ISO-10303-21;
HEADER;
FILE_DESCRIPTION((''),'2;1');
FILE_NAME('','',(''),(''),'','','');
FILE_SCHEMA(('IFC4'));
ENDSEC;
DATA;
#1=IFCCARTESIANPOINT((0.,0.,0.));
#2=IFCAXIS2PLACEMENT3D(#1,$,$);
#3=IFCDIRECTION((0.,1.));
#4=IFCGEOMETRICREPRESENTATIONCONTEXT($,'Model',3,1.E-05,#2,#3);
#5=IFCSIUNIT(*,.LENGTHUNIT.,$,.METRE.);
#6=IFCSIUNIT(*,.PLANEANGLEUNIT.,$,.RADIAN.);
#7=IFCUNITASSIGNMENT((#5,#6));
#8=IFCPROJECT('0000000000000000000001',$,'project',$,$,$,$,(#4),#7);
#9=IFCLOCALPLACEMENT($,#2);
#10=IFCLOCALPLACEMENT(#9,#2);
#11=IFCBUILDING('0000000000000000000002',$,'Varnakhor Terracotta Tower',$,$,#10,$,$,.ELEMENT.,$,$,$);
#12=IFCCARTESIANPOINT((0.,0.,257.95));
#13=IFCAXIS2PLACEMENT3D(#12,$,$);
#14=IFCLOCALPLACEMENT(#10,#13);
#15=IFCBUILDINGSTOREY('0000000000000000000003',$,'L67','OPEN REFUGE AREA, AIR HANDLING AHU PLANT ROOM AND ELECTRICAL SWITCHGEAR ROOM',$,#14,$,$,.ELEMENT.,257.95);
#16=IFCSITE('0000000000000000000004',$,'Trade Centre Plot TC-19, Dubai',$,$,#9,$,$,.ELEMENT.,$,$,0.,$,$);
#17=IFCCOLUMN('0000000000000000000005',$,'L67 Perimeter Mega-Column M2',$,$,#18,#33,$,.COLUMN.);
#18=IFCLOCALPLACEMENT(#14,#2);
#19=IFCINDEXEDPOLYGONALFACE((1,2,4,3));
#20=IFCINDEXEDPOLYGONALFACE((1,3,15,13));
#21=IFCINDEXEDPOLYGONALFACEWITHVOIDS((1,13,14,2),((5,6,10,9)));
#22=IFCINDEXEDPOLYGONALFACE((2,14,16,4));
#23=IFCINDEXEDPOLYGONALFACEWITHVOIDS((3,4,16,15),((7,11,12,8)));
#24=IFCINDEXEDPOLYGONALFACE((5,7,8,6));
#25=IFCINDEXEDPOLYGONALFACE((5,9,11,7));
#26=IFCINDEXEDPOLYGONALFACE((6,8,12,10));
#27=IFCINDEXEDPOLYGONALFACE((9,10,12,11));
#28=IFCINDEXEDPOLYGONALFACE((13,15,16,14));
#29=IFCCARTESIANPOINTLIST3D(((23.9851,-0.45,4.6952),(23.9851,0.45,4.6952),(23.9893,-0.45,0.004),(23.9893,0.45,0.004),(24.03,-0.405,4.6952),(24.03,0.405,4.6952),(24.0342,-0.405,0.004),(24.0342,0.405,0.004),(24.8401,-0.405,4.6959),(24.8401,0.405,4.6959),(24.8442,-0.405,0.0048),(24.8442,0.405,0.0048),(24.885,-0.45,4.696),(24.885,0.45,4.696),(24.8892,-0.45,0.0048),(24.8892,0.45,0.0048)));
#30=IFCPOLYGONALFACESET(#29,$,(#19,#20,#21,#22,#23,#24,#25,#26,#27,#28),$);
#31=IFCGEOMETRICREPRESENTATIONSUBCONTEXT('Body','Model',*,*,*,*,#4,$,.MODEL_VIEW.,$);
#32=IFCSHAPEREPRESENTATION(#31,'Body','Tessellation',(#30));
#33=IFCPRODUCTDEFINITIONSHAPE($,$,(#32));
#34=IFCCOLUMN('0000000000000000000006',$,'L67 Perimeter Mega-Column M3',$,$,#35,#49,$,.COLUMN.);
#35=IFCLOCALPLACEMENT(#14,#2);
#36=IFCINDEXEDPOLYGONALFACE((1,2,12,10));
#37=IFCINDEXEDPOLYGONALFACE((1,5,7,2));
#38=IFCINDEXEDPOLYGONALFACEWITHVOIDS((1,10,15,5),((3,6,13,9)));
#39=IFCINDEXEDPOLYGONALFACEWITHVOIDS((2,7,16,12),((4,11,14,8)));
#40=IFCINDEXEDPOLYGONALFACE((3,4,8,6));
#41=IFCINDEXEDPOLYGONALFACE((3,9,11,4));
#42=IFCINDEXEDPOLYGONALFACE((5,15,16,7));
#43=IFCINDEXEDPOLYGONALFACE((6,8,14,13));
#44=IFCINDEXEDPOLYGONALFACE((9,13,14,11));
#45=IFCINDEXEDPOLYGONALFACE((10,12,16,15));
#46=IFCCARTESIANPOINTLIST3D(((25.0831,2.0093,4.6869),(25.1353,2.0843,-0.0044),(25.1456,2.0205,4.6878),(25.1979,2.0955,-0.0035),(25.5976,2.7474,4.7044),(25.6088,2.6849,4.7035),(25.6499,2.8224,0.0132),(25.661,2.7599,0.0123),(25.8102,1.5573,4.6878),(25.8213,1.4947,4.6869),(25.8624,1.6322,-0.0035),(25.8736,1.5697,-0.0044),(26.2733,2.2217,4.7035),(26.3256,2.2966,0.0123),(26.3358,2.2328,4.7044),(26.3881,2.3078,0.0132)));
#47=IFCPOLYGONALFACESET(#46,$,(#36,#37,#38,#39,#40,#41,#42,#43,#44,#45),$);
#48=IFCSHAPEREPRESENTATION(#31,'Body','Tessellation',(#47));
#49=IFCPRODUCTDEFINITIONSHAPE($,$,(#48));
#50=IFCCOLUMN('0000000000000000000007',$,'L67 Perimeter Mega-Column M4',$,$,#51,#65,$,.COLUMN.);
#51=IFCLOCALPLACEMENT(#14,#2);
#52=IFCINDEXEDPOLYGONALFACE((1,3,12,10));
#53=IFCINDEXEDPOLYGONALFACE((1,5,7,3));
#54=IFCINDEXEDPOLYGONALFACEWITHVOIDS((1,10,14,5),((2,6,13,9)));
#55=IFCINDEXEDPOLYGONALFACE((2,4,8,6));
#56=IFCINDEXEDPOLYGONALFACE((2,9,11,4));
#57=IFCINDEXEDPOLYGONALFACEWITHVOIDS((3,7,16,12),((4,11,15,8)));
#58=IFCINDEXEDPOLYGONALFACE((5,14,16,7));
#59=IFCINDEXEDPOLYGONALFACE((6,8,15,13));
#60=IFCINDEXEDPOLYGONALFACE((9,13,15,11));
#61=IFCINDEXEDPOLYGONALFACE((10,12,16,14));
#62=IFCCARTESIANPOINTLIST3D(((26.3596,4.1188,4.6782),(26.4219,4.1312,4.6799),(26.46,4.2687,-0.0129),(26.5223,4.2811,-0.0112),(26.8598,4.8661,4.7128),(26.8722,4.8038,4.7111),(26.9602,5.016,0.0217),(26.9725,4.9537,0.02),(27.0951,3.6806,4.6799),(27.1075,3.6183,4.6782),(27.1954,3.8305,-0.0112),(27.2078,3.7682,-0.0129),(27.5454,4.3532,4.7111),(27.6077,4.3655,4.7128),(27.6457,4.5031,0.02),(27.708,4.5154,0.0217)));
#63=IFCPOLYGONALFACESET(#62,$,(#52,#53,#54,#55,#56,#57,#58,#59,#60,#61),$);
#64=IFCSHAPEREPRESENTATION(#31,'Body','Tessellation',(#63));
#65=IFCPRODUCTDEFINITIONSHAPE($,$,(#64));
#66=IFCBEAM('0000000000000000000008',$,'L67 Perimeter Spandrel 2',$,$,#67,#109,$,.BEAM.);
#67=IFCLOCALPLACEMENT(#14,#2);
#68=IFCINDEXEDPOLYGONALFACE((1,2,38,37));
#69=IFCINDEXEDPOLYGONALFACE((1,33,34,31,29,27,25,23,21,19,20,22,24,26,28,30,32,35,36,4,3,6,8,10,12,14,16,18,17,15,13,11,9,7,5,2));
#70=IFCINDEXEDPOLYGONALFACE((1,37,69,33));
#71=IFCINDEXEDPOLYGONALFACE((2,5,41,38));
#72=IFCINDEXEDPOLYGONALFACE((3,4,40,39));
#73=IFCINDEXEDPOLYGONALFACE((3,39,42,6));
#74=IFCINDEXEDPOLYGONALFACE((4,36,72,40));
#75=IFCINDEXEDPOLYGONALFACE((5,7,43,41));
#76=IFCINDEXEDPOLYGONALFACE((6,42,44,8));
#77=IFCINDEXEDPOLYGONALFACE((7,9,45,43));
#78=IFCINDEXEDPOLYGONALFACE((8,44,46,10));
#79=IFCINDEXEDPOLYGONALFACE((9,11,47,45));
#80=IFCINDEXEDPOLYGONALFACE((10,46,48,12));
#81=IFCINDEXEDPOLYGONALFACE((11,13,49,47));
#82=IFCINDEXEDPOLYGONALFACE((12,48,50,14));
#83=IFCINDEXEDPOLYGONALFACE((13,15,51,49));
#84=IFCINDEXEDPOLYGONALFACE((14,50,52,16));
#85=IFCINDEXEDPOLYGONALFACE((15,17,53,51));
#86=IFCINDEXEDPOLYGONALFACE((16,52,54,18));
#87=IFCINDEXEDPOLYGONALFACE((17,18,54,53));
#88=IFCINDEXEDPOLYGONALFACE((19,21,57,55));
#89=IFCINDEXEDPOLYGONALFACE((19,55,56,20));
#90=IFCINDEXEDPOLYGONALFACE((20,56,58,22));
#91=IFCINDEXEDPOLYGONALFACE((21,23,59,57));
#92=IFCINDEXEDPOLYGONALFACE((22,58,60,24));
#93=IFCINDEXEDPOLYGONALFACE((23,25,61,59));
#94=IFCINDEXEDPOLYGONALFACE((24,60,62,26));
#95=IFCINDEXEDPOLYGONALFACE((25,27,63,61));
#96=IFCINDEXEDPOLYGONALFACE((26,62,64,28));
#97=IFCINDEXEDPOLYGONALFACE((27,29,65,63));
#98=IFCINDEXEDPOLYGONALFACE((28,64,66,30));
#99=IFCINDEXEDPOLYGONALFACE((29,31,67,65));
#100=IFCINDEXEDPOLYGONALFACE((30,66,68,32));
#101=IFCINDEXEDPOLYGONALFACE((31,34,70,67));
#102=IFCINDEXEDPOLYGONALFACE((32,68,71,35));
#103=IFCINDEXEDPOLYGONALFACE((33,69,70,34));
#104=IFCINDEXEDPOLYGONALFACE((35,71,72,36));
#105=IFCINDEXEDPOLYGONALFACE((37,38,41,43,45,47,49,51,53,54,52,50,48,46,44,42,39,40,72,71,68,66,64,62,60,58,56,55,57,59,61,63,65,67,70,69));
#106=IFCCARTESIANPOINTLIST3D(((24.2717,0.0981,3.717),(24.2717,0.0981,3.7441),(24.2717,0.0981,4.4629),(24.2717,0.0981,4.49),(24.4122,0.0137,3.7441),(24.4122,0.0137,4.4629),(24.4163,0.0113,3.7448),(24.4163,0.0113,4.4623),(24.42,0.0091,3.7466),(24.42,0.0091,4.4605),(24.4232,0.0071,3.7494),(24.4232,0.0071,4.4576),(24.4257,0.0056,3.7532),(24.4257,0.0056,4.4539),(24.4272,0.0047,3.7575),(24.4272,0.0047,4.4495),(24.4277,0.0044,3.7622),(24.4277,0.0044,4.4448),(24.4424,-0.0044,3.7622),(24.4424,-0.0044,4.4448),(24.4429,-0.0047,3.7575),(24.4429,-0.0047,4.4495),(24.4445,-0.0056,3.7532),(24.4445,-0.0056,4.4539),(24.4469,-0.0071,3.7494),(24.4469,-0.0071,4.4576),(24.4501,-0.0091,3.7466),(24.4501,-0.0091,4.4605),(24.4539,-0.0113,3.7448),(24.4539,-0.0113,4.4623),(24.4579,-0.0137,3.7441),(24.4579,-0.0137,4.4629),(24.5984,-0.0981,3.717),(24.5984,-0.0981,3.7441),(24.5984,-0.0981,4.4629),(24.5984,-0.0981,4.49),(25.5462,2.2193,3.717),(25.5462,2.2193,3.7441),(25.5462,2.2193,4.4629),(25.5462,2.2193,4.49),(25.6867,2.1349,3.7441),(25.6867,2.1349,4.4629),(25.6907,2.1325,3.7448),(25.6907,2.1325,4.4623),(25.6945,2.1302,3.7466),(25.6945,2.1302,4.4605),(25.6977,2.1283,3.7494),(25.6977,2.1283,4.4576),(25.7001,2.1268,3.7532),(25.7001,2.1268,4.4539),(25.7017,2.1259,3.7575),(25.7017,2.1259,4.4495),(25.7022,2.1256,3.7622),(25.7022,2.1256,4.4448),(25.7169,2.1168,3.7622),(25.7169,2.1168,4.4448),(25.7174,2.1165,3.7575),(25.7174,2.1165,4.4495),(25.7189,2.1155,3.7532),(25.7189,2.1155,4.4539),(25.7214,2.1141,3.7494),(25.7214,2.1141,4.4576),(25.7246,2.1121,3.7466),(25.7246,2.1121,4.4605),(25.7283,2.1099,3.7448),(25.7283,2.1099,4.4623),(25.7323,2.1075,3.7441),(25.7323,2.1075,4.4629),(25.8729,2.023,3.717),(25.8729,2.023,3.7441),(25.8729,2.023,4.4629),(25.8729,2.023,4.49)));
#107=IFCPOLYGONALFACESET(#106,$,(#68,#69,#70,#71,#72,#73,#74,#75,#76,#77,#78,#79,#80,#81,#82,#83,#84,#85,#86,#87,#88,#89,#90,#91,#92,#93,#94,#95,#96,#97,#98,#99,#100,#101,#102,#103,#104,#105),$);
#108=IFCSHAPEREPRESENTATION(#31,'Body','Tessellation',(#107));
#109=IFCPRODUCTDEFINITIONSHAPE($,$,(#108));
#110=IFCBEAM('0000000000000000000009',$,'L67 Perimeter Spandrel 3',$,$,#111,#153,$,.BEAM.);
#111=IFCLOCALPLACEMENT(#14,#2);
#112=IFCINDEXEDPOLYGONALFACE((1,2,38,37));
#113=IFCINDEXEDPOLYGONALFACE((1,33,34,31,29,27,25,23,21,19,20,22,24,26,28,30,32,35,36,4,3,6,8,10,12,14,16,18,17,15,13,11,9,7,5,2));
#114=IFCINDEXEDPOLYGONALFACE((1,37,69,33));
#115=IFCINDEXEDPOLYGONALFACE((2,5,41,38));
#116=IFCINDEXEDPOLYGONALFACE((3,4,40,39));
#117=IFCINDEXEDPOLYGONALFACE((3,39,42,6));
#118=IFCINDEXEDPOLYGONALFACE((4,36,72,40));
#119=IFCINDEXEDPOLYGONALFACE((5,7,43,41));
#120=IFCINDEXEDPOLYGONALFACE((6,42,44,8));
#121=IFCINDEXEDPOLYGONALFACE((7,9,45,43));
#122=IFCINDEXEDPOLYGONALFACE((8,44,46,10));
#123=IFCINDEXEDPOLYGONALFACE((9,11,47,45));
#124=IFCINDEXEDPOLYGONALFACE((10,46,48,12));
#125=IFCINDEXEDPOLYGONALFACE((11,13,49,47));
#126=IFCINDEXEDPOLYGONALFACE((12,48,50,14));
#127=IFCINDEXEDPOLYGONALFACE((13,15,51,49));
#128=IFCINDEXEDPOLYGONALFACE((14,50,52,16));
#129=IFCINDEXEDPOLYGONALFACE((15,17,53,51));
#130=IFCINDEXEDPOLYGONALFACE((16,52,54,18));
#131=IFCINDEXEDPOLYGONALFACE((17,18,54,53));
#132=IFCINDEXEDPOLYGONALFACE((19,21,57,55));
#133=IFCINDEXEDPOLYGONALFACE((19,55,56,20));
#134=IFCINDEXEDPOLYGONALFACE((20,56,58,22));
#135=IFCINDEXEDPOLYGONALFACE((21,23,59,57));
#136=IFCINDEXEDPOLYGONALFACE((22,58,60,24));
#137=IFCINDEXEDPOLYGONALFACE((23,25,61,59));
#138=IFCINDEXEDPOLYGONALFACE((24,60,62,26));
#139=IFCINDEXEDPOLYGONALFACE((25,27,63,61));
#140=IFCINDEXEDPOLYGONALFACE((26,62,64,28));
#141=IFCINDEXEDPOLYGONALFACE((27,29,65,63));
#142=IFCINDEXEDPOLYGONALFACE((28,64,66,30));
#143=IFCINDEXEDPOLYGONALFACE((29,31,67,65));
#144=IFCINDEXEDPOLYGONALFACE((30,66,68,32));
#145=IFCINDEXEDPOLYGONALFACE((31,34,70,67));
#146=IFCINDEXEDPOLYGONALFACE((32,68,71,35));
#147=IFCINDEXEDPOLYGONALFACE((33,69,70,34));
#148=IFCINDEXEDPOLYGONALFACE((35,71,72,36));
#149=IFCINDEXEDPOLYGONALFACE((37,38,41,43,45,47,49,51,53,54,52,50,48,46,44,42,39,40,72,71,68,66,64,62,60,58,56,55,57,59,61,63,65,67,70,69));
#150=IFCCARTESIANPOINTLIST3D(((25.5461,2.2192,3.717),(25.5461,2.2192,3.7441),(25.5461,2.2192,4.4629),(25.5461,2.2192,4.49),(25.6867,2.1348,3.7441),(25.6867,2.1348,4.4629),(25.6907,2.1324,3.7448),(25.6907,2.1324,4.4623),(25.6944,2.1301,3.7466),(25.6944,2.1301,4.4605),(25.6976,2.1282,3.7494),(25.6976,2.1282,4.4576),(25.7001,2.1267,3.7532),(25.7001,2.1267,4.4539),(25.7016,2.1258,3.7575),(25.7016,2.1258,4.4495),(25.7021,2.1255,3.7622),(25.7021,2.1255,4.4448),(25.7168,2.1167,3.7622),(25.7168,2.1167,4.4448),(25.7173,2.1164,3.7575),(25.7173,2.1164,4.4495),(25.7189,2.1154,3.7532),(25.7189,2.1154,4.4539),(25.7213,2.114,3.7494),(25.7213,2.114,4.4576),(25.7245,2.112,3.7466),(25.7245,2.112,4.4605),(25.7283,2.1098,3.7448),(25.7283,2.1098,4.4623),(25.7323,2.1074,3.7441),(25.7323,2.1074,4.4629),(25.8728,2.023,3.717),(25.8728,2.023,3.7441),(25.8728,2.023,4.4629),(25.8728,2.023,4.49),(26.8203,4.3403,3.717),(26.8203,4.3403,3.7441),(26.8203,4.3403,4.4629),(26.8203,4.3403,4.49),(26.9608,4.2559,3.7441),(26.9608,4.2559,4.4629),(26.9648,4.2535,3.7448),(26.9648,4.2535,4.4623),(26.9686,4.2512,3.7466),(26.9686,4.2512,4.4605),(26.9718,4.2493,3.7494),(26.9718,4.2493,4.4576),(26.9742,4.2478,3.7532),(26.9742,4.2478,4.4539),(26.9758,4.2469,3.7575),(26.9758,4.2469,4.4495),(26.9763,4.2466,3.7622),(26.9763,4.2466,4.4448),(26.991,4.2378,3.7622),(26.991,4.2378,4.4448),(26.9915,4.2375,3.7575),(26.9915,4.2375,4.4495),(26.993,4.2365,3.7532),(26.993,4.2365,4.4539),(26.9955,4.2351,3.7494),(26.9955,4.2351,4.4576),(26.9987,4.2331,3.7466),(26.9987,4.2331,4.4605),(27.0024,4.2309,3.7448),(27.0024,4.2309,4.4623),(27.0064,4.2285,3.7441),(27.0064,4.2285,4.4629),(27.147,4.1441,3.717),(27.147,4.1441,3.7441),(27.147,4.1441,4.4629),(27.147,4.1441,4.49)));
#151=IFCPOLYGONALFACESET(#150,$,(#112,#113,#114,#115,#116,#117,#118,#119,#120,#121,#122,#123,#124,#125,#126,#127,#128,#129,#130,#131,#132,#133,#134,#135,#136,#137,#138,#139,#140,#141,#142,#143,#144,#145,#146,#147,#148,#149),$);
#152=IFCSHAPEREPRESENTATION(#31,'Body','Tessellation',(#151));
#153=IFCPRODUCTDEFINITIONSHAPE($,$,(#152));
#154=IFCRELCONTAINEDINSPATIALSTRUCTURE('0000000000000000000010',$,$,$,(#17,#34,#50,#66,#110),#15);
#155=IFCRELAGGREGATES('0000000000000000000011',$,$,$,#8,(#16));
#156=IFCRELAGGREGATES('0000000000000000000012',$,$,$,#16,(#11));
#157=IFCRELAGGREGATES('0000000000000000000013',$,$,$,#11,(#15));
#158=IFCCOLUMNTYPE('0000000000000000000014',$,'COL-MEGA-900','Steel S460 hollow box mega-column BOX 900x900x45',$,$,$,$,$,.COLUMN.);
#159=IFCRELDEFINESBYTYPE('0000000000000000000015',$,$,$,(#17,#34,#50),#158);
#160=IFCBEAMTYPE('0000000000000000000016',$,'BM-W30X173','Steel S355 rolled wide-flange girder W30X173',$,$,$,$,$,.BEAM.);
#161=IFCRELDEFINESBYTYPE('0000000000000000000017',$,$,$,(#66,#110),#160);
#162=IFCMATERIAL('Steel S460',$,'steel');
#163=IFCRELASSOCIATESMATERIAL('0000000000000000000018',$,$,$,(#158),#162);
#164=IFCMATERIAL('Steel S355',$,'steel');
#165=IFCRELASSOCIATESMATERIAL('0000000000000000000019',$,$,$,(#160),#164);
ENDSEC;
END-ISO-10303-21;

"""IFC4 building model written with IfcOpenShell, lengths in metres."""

from ifc_helpers import new_model, si_unit, direction, frame, origin, origin_2d, place, context, subcontext, project, spatial, hollow_rectangle, i_section, extrude, source, transform, mapped, material, material_profile, profile_set, type_object, element, save


model = new_model("IFC4")

# Units and contexts
model_context = context("Model", 3, precision=1e-05, world=origin(), true_north=direction((0.0, 1.0)))
body_context = subcontext(model_context, "Body", "Model", "MODEL_VIEW")
ifc_project = project(units=[si_unit("LENGTHUNIT", "METRE"), si_unit("PLANEANGLEUNIT", "RADIAN")], contexts=[model_context])

# Site, building, storey
site_placement = place(None, origin())
site = spatial("IfcSite", under=ifc_project, at=site_placement, Name="Trade Centre Plot TC-19, Dubai", CompositionType="ELEMENT", RefElevation=0.0)
building_placement = place(site_placement, origin())
building = spatial("IfcBuilding", under=site, at=building_placement, Name="Varnakhor Terracotta Tower", CompositionType="ELEMENT")
storey_placement = place(building_placement, frame((0.0, 0.0, 257.95)))
storey = spatial("IfcBuildingStorey", under=building, at=storey_placement, Name="L67", Description="OPEN REFUGE AREA, AIR HANDLING AHU PLANT ROOM AND ELECTRICAL SWITCHGEAR ROOM", CompositionType="ELEMENT", Elevation=257.95)

# Columns
ifc_material_1 = material(Name="Steel S460", Category="steel")
ifc_material_profile_1 = material_profile(ifc_material_1, hollow_rectangle(XDim=0.8999, YDim=0.8999, WallThickness=0.0449, at=origin_2d()), Name="BOX 900x900x45")
ifc_profile_set_1 = profile_set([ifc_material_profile_1], Name="Steel S460")
column_type = type_object("IfcColumnType", Name="COL-MEGA-900", Description="Steel S460 hollow box mega-column BOX 900x900x45", PredefinedType="COLUMN", material=ifc_profile_set_1)
shared_shape_1 = source(origin(), body_context, "Body", "SweptSolid", [
    extrude(hollow_rectangle(XDim=0.8999, YDim=0.8999, WallThickness=0.0449, at=origin_2d()), origin(), (0.0, 0.0, 1.0), 4.6912),
])
column_1_placement = place(storey_placement, frame((24.4392, 0.0, 0.0044), z_axis=(-0.000885, 0.0, 1.0), x_axis=(1.0, 0.0, 0.0)))
element("IfcColumn", 1, at=column_1_placement, inside=storey, type_object=column_type, Name="L67 Perimeter Mega-Column M2", PredefinedType="COLUMN", context=body_context, shape_type="MappedRepresentation", body=[
    mapped(shared_shape_1, transform((0.0, 0.0, 0.0), scale=1.0)),
])
shared_shape_2 = source(origin(), body_context, "Body", "SweptSolid", [
    extrude(hollow_rectangle(XDim=0.8999, YDim=0.8999, WallThickness=0.0449, at=origin_2d()), origin(), (0.0, 0.0, 1.0), 4.6921),
])
column_2_placement = place(storey_placement, frame((25.7617, 2.196, 0.0044), z_axis=(-0.011135, -0.015974, 0.99981), x_axis=(0.82036, -0.571847, 0.0)))
element("IfcColumn", 2, at=column_2_placement, inside=storey, type_object=column_type, Name="L67 Perimeter Mega-Column M3", PredefinedType="COLUMN", context=body_context, shape_type="MappedRepresentation", body=[
    mapped(shared_shape_2, transform((0.0, 0.0, 0.0), scale=1.0)),
])
shared_shape_3 = source(origin(), body_context, "Body", "SweptSolid", [
    extrude(hollow_rectangle(XDim=0.8999, YDim=0.8999, WallThickness=0.0449, at=origin_2d()), origin(), (0.0, 0.0, 1.0), 4.6946),
])
column_3_placement = place(storey_placement, frame((27.084, 4.3921, 0.0044), z_axis=(-0.021374, -0.031931, 0.999262), x_axis=(0.831008, -0.556261, 0.0)))
element("IfcColumn", 3, at=column_3_placement, inside=storey, type_object=column_type, Name="L67 Perimeter Mega-Column M4", PredefinedType="COLUMN", context=body_context, shape_type="MappedRepresentation", body=[
    mapped(shared_shape_3, transform((0.0, 0.0, 0.0), scale=1.0)),
])

# Beams
ifc_material_2 = material(Name="Steel S355", Category="steel")
ifc_material_profile_2 = material_profile(ifc_material_2, i_section(OverallWidth=0.3811, OverallDepth=0.7729, WebThickness=0.0171, FlangeThickness=0.0271, FilletRadius=0.0181, at=origin_2d()), Name="W30X173")
ifc_profile_set_2 = profile_set([ifc_material_profile_2], Name="Steel S355")
beam_type = type_object("IfcBeamType", Name="BM-W30X173", Description="Steel S355 rolled wide-flange girder W30X173", PredefinedType="BEAM", material=ifc_profile_set_2)
shared_shape_4 = source(origin(), body_context, "Body", "SweptSolid", [
    extrude(i_section(OverallWidth=0.3811, OverallDepth=0.7729, WebThickness=0.0171, FlangeThickness=0.0271, FilletRadius=0.0181, at=origin_2d()), origin(), (0.0, 0.0, 1.0), 2.4746),
])
beam_1_placement = place(storey_placement, frame((24.4351, 0.0, 4.1035), z_axis=(0.515018, 0.857179, 0.0), x_axis=(-0.857179, 0.515018, 0.0)))
element("IfcBeam", 4, at=beam_1_placement, inside=storey, type_object=beam_type, Name="L67 Perimeter Spandrel 2", PredefinedType="BEAM", context=body_context, shape_type="MappedRepresentation", body=[
    mapped(shared_shape_4, transform((0.0, 0.0, 0.0), scale=1.0)),
])
shared_shape_5 = source(origin(), body_context, "Body", "SweptSolid", [
    extrude(i_section(OverallWidth=0.3811, OverallDepth=0.7729, WebThickness=0.0171, FlangeThickness=0.0271, FilletRadius=0.0181, at=origin_2d()), origin(), (0.0, 0.0, 1.0), 2.4744),
])
beam_2_placement = place(storey_placement, frame((25.7095, 2.1211, 4.1035), z_axis=(0.514945, 0.857223, 0.0), x_axis=(-0.857223, 0.514945, 0.0)))
element("IfcBeam", 5, at=beam_2_placement, inside=storey, type_object=beam_type, Name="L67 Perimeter Spandrel 3", PredefinedType="BEAM", context=body_context, shape_type="MappedRepresentation", body=[
    mapped(shared_shape_5, transform((0.0, 0.0, 0.0), scale=1.0)),
])

save(model, "model.ifc")
